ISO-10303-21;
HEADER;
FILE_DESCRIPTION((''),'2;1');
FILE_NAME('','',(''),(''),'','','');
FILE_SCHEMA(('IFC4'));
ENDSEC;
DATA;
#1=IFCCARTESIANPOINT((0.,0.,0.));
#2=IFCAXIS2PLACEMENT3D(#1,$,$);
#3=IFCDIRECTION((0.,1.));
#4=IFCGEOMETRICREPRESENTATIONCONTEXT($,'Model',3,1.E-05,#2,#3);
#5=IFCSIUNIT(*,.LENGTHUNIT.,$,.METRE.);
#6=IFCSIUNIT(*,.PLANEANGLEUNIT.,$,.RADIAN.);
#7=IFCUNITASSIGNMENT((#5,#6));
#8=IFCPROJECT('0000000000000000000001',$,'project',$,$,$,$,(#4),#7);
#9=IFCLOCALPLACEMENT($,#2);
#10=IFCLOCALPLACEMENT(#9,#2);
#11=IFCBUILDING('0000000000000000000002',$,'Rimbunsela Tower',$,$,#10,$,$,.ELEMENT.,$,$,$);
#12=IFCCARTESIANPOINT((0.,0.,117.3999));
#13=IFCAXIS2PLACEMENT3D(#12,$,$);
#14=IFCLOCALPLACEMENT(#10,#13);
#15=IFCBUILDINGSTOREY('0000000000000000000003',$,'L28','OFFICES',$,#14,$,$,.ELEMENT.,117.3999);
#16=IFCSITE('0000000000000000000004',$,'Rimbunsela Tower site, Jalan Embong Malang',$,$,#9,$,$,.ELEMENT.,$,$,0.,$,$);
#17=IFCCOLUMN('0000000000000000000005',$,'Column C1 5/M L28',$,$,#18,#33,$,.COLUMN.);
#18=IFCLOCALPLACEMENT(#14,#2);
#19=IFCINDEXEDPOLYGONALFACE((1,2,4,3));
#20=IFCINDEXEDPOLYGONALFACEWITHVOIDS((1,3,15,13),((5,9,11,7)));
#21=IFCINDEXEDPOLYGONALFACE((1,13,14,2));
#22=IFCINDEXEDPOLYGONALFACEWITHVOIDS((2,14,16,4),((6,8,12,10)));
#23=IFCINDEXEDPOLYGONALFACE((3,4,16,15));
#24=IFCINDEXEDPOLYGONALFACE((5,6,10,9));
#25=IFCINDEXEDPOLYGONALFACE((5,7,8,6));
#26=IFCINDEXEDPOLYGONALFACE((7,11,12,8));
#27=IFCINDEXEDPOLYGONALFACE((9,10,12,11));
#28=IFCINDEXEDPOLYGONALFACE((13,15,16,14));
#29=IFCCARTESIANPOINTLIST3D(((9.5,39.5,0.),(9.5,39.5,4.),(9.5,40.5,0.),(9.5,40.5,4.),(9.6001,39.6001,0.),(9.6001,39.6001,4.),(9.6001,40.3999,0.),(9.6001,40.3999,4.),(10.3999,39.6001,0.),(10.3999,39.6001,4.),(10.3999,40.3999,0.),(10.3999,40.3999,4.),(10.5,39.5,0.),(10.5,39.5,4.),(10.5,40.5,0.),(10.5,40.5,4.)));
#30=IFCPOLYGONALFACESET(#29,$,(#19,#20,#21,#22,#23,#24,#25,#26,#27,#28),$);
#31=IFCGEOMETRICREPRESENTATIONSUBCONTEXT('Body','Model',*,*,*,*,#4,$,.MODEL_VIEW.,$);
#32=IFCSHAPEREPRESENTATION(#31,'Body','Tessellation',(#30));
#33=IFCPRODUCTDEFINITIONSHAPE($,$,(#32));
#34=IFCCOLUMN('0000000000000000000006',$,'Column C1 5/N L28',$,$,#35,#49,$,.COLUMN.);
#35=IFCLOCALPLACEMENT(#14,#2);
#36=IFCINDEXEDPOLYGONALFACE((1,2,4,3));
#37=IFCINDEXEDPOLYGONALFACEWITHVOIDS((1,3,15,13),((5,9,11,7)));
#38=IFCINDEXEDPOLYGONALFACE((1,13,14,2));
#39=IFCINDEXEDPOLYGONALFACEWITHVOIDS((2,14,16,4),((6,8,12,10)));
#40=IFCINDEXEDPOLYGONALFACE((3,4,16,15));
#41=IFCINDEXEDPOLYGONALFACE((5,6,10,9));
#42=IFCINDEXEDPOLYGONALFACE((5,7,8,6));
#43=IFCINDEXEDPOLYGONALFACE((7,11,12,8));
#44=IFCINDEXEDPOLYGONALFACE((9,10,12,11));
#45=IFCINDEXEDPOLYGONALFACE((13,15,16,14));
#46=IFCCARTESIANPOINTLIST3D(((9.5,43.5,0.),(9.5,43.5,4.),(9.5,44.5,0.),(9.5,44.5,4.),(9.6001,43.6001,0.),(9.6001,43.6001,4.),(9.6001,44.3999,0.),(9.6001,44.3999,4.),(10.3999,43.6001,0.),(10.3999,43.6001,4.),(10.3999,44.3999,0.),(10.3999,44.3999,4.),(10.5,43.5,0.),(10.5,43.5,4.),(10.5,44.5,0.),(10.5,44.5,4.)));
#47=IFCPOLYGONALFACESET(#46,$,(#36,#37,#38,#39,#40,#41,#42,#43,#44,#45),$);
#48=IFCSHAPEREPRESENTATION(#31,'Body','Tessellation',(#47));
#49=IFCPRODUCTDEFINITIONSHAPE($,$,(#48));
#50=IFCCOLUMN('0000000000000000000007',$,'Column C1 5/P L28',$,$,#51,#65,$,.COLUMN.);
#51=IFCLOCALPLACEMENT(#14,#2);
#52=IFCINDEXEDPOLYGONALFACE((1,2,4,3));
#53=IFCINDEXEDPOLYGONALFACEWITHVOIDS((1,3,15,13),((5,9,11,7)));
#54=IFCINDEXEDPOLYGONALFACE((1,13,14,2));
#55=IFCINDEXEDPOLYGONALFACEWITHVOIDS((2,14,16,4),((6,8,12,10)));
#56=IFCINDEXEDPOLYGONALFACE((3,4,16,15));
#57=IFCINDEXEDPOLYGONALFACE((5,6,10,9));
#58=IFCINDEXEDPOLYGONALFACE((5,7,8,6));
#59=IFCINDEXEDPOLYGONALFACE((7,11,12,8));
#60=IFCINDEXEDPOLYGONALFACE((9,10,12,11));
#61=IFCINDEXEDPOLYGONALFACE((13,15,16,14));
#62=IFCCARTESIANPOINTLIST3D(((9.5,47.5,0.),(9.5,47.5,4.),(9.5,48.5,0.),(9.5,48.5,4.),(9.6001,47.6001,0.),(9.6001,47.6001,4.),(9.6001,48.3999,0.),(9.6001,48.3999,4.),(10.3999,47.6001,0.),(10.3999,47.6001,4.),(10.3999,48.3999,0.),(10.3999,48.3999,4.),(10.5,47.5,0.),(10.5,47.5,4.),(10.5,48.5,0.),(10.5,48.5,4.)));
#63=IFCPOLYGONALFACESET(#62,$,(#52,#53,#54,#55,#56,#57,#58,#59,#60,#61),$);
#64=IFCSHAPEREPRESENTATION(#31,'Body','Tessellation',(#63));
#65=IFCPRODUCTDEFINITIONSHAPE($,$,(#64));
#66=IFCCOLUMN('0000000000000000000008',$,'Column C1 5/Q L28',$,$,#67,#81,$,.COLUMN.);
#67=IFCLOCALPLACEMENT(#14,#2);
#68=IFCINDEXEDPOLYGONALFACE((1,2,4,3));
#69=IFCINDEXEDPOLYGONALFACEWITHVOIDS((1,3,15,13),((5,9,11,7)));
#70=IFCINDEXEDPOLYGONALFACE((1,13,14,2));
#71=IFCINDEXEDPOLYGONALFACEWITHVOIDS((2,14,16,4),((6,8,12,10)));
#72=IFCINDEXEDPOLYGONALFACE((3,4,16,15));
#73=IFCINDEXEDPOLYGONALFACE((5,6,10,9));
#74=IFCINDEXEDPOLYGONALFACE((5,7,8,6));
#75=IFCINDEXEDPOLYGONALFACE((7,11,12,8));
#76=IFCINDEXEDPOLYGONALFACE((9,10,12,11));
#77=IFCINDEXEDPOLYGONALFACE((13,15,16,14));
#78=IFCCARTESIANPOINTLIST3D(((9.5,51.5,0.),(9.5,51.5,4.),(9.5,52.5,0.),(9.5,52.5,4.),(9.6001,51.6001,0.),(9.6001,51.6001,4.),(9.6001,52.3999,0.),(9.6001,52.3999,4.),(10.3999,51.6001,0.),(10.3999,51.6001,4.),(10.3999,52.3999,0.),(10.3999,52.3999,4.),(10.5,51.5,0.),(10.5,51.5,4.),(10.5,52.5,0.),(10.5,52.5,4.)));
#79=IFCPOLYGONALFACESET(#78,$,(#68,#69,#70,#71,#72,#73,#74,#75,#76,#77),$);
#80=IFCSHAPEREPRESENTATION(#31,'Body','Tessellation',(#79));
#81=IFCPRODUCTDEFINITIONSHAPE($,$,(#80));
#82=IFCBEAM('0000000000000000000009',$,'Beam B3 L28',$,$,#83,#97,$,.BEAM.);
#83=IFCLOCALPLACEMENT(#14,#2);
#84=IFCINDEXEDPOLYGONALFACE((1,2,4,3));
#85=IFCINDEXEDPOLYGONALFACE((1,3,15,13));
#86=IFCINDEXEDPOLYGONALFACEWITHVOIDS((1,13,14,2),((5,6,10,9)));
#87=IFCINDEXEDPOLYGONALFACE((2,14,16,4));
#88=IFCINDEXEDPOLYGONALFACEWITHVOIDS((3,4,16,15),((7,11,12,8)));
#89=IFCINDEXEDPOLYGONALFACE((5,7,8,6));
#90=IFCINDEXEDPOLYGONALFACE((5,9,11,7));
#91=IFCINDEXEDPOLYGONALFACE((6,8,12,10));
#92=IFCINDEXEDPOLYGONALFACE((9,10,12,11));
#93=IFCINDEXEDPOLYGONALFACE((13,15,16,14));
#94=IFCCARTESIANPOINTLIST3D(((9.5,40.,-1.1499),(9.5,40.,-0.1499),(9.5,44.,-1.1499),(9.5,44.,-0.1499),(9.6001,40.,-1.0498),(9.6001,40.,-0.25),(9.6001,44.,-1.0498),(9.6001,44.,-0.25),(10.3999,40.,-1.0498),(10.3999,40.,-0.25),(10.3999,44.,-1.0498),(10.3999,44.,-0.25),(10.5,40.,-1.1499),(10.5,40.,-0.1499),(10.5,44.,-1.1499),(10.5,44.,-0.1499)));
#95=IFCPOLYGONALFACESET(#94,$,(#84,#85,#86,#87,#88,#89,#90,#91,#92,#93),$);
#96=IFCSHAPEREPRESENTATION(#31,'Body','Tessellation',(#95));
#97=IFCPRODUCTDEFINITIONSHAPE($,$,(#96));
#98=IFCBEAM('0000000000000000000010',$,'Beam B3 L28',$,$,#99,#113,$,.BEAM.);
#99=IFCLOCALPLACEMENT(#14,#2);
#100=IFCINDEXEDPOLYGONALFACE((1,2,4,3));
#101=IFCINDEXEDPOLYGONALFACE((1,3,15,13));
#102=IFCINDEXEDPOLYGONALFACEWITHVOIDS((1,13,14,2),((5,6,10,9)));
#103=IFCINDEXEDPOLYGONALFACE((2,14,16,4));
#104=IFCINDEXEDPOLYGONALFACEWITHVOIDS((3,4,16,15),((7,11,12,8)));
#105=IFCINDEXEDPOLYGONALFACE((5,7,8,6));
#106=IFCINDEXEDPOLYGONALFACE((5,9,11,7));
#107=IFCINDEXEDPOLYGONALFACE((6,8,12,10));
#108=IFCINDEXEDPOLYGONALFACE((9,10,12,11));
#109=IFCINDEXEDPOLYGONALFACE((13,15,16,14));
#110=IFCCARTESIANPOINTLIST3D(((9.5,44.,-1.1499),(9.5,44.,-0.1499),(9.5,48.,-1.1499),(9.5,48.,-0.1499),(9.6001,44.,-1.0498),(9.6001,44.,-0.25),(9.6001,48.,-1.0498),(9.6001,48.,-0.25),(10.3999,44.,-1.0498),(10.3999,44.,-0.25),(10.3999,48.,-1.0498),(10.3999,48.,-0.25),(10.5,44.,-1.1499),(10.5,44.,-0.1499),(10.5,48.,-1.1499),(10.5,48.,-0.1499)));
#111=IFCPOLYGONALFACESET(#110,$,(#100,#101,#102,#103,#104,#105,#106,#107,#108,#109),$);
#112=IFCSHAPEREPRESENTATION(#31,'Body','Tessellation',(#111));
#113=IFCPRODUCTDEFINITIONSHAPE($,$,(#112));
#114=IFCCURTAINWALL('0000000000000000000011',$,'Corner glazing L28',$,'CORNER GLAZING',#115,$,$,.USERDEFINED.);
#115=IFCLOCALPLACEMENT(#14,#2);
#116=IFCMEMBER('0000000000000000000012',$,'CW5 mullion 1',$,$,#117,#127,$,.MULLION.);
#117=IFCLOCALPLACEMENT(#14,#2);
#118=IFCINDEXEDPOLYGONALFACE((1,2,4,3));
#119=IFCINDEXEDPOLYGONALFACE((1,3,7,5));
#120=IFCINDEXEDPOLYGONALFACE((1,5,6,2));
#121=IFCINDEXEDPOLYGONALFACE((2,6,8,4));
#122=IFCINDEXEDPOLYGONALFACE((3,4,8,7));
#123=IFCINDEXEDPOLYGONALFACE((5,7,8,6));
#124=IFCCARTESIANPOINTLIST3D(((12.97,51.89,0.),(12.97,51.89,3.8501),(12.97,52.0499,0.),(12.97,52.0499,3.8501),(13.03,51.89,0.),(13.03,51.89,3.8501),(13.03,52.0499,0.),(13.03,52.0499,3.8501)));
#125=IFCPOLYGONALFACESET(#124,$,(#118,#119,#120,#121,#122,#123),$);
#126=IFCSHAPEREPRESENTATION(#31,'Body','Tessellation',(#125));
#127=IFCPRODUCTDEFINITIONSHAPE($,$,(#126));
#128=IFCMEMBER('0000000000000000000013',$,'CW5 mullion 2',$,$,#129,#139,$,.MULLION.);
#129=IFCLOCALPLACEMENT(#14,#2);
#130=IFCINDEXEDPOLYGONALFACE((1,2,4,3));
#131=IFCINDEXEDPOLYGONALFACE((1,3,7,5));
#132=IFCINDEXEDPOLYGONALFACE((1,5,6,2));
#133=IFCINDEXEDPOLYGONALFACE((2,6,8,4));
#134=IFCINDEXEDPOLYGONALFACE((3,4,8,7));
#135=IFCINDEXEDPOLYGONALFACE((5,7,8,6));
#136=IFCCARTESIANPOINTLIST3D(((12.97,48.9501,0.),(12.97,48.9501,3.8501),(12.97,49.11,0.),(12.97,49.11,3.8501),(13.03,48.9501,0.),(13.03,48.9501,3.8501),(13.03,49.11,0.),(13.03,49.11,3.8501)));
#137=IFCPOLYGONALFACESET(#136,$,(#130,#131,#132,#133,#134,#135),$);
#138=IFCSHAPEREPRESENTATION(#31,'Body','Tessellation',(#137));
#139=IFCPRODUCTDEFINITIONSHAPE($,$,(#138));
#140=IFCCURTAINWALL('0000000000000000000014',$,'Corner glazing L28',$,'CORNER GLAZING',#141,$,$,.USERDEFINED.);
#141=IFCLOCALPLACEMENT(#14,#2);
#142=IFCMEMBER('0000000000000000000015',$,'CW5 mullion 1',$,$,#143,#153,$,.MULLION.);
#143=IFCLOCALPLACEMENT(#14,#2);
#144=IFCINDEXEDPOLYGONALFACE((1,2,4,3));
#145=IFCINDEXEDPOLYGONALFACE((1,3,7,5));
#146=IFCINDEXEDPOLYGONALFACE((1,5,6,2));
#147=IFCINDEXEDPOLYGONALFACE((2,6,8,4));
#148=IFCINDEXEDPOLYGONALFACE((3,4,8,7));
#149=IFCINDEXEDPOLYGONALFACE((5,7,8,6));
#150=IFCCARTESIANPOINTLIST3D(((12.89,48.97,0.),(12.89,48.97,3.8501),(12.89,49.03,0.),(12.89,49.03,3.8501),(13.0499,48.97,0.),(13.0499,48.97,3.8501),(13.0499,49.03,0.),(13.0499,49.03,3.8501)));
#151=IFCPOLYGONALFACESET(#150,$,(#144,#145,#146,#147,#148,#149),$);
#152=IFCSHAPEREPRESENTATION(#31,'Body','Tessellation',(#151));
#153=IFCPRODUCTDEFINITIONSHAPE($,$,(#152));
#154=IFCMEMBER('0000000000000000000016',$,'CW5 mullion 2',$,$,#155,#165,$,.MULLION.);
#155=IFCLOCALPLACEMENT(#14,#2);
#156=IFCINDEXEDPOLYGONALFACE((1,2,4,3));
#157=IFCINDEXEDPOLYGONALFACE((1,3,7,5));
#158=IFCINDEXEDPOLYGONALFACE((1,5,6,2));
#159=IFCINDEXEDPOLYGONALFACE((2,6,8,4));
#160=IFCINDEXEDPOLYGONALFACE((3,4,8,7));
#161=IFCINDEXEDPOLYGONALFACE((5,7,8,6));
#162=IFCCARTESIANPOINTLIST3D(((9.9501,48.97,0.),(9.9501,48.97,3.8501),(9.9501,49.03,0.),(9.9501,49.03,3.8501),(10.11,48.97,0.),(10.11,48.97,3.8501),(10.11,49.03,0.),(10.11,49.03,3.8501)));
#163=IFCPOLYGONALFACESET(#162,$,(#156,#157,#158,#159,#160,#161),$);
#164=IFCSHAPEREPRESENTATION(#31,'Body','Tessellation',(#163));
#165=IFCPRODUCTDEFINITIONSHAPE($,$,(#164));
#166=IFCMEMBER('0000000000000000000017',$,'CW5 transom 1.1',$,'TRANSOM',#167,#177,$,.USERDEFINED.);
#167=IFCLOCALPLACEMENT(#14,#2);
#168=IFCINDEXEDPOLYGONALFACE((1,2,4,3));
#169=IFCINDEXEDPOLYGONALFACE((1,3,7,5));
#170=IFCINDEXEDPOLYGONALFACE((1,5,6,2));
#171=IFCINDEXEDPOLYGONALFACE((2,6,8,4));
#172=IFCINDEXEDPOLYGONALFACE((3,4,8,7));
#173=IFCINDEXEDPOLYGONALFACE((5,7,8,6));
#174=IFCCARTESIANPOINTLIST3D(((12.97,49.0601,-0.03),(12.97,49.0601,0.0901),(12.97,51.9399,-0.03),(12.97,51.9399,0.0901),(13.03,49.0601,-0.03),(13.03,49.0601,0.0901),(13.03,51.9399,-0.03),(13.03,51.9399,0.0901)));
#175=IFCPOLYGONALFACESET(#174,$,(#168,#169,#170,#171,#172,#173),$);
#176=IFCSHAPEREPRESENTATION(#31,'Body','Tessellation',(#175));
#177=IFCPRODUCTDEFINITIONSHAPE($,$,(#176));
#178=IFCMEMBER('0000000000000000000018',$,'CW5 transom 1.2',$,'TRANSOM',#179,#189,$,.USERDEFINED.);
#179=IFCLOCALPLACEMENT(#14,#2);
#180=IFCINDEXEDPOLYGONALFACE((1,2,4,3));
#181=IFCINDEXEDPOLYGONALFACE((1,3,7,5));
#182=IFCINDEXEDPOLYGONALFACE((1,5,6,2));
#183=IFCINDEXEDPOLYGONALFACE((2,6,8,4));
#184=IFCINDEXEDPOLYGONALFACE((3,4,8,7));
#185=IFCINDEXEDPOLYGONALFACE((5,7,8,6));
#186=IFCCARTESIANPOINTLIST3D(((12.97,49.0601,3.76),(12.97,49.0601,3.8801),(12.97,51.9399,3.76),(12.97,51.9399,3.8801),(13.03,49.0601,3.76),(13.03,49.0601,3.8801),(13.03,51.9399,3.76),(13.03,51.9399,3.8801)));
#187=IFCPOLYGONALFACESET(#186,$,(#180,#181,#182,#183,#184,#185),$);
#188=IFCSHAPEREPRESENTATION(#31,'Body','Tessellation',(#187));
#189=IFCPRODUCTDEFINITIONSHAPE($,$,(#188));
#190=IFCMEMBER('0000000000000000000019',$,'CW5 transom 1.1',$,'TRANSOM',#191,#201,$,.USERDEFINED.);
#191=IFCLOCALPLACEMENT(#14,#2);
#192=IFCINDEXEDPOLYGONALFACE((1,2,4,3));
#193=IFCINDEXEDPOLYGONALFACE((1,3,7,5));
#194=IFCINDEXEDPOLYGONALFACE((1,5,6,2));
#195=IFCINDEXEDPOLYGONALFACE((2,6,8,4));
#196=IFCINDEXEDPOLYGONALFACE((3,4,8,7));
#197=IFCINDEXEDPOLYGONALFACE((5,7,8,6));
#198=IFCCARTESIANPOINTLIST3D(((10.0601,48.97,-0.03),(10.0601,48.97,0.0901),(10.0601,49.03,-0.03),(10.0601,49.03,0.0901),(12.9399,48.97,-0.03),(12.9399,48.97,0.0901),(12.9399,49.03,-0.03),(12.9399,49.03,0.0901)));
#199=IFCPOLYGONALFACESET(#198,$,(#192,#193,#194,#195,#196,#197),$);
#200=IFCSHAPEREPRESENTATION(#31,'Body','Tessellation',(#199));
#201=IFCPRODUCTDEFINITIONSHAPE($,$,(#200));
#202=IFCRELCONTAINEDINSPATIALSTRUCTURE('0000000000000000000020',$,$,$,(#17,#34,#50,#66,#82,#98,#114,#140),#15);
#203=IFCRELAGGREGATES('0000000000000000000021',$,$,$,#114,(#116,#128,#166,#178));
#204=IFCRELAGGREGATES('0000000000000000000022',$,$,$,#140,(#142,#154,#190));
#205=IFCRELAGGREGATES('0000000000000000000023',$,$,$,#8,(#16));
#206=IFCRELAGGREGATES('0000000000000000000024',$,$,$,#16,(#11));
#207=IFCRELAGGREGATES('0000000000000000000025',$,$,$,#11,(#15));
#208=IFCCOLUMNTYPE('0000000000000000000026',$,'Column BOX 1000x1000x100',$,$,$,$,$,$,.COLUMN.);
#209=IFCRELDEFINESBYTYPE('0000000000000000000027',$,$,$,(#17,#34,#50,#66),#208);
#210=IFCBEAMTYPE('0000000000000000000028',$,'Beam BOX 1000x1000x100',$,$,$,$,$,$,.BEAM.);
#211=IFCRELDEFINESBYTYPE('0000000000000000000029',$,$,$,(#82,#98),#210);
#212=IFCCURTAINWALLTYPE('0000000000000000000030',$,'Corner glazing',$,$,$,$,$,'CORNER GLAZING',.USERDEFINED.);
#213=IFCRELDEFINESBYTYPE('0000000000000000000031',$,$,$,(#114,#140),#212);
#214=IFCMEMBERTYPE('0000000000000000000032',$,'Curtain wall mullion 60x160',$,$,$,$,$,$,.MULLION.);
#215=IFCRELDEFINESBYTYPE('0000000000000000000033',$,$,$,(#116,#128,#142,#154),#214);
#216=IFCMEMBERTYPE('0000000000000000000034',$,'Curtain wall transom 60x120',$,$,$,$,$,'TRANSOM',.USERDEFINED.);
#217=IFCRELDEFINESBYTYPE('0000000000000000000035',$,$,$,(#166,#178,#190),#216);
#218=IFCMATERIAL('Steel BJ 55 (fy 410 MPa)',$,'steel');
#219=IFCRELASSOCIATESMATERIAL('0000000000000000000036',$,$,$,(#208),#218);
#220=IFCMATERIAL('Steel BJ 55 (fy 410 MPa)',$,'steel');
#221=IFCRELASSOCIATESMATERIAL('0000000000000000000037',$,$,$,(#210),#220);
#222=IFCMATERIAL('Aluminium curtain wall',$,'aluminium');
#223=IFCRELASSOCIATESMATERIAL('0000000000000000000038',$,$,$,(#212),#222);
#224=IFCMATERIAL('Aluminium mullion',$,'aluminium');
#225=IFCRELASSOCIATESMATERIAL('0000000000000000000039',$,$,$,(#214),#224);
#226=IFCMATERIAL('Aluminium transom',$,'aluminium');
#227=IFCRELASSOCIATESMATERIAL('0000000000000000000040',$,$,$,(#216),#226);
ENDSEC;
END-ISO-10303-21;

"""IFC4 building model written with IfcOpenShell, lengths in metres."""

from ifc_helpers import new_model, si_unit, direction, frame, origin, origin_2d, place, context, subcontext, project, spatial, rectangle, hollow_rectangle, extrude, material, material_profile, profile_set, type_object, element, aggregate, save


model = new_model("IFC4")

# Units and contexts
model_context = context("Model", 3, precision=1e-05, world=origin(), true_north=direction((0.0, 1.0)))
body_context = subcontext(model_context, "Body", "Model", "MODEL_VIEW")
ifc_project = project(units=[si_unit("LENGTHUNIT", "METRE"), si_unit("PLANEANGLEUNIT", "RADIAN")], contexts=[model_context])

# Site, building, storey
site_placement = place(None, origin())
site = spatial("IfcSite", under=ifc_project, at=site_placement, Name="Rimbunsela Tower site, Jalan Embong Malang", CompositionType="ELEMENT", RefElevation=0.0)
building_placement = place(site_placement, origin())
building = spatial("IfcBuilding", under=site, at=building_placement, Name="Rimbunsela Tower", CompositionType="ELEMENT")
storey_placement = place(building_placement, frame((0.0, 0.0, 117.3999)))
storey = spatial("IfcBuildingStorey", under=building, at=storey_placement, Name="L28", Description="OFFICES", CompositionType="ELEMENT", Elevation=117.3999)

# Columns
ifc_material_1 = material(Name="Steel BJ 55 (fy 410 MPa)", Category="steel")
ifc_material_profile_1 = material_profile(ifc_material_1, hollow_rectangle(XDim=1.0, YDim=1.0, WallThickness=0.1001, at=origin_2d()), Name="BOX 1000x1000x100")
ifc_profile_set_1 = profile_set([ifc_material_profile_1], Name="Steel BJ 55 (fy 410 MPa)")
column_type = type_object("IfcColumnType", Name="Column BOX 1000x1000x100", PredefinedType="COLUMN", material=ifc_profile_set_1)
for number, where, z_axis, x_axis, name in (
    (1, (10.0, 40.0, 0.0), (0.0, 0.0, 1.0), (1.0, 0.0, 0.0), "Column C1 5/M L28"),
    (2, (10.0, 44.0, 0.0), (0.0, 0.0, 1.0), (1.0, 0.0, 0.0), "Column C1 5/N L28"),
    (3, (10.0, 48.0, 0.0), (0.0, 0.0, 1.0), (1.0, 0.0, 0.0), "Column C1 5/P L28"),
    (4, (10.0, 52.0, 0.0), (0.0, 0.0, 1.0), (1.0, 0.0, 0.0), "Column C1 5/Q L28"),
):
    element("IfcColumn", number, at=place(storey_placement, frame(where, z_axis=z_axis, x_axis=x_axis)), inside=storey, type_object=column_type, Name=name, PredefinedType="COLUMN", context=body_context, shape_type="SweptSolid", body=[
        extrude(hollow_rectangle(XDim=1.0, YDim=1.0, WallThickness=0.1001, at=origin_2d()), origin(), (0.0, 0.0, 1.0), 4.0),
    ])

# Beams
ifc_material_2 = material(Name="Steel BJ 55 (fy 410 MPa)", Category="steel")
ifc_material_profile_2 = material_profile(ifc_material_2, hollow_rectangle(XDim=1.0, YDim=1.0, WallThickness=0.1001, at=origin_2d()), Name="BOX 1000x1000x100")
ifc_profile_set_2 = profile_set([ifc_material_profile_2], Name="Steel BJ 55 (fy 410 MPa)")
beam_type = type_object("IfcBeamType", Name="Beam BOX 1000x1000x100", PredefinedType="BEAM", material=ifc_profile_set_2)
for number, where, z_axis, x_axis, name in (
    (5, (10.0, 40.0, -0.6499), (0.0, 1.0, 0.0), (-1.0, 0.0, 0.0), "Beam B3 L28"),
    (6, (10.0, 44.0, -0.6499), (0.0, 1.0, 0.0), (-1.0, 0.0, 0.0), "Beam B3 L28"),
):
    element("IfcBeam", number, at=place(storey_placement, frame(where, z_axis=z_axis, x_axis=x_axis)), inside=storey, type_object=beam_type, Name=name, PredefinedType="BEAM", context=body_context, shape_type="SweptSolid", body=[
        extrude(hollow_rectangle(XDim=1.0, YDim=1.0, WallThickness=0.1001, at=origin_2d()), origin(), (0.0, 0.0, 1.0), 4.0),
    ])

# Curtain walls, members
ifc_material_3 = material(Name="Aluminium curtain wall", Category="aluminium")
curtain_wall_type = type_object("IfcCurtainWallType", Name="Corner glazing", ElementType="CORNER GLAZING", PredefinedType="USERDEFINED", material=ifc_material_3)
curtain_wall_1_placement = place(storey_placement, origin())
curtain_wall_1 = element("IfcCurtainWall", 7, at=curtain_wall_1_placement, inside=storey, type_object=curtain_wall_type, Name="Corner glazing L28", ObjectType="CORNER GLAZING", PredefinedType="USERDEFINED")
ifc_material_4 = material(Name="Aluminium mullion", Category="aluminium")
ifc_material_profile_3 = material_profile(ifc_material_4, rectangle(XDim=0.0601, YDim=0.1599, at=origin_2d()), Name="Mullion 60x160")
ifc_profile_set_3 = profile_set([ifc_material_profile_3], Name="Aluminium mullion")
member_type_1 = type_object("IfcMemberType", Name="Curtain wall mullion 60x160", PredefinedType="MULLION", material=ifc_profile_set_3)
member_1_placement = place(storey_placement, frame((13.0, 51.97, 0.0), z_axis=(0.0, 0.0, 1.0), x_axis=(1.0, 0.0, 0.0)))
member_1 = element("IfcMember", 8, at=member_1_placement, type_object=member_type_1, Name="CW5 mullion 1", PredefinedType="MULLION", context=body_context, shape_type="SweptSolid", body=[
    extrude(rectangle(XDim=0.0601, YDim=0.1599, at=origin_2d()), origin(), (0.0, 0.0, 1.0), 3.8501),
])
member_2_placement = place(storey_placement, frame((13.0, 49.03, 0.0), z_axis=(0.0, 0.0, 1.0), x_axis=(1.0, 0.0, 0.0)))
member_2 = element("IfcMember", 9, at=member_2_placement, type_object=member_type_1, Name="CW5 mullion 2", PredefinedType="MULLION", context=body_context, shape_type="SweptSolid", body=[
    extrude(rectangle(XDim=0.0601, YDim=0.1599, at=origin_2d()), origin(), (0.0, 0.0, 1.0), 3.8501),
])
curtain_wall_2_placement = place(storey_placement, origin())
curtain_wall_2 = element("IfcCurtainWall", 10, at=curtain_wall_2_placement, inside=storey, type_object=curtain_wall_type, Name="Corner glazing L28", ObjectType="CORNER GLAZING", PredefinedType="USERDEFINED")
member_3_placement = place(storey_placement, frame((12.97, 49.0, 0.0), z_axis=(0.0, 0.0, 1.0), x_axis=(0.0, -1.0, 0.0)))
member_3 = element("IfcMember", 11, at=member_3_placement, type_object=member_type_1, Name="CW5 mullion 1", PredefinedType="MULLION", context=body_context, shape_type="SweptSolid", body=[
    extrude(rectangle(XDim=0.0601, YDim=0.1599, at=origin_2d()), origin(), (0.0, 0.0, 1.0), 3.8501),
])
member_4_placement = place(storey_placement, frame((10.03, 49.0, 0.0), z_axis=(0.0, 0.0, 1.0), x_axis=(0.0, -1.0, 0.0)))
member_4 = element("IfcMember", 12, at=member_4_placement, type_object=member_type_1, Name="CW5 mullion 2", PredefinedType="MULLION", context=body_context, shape_type="SweptSolid", body=[
    extrude(rectangle(XDim=0.0601, YDim=0.1599, at=origin_2d()), origin(), (0.0, 0.0, 1.0), 3.8501),
])

# Members
ifc_material_5 = material(Name="Aluminium transom", Category="aluminium")
ifc_material_profile_4 = material_profile(ifc_material_5, rectangle(XDim=0.0601, YDim=0.1201, at=origin_2d()), Name="Transom 60x120")
ifc_profile_set_4 = profile_set([ifc_material_profile_4], Name="Aluminium transom")
member_type_2 = type_object("IfcMemberType", Name="Curtain wall transom 60x120", ElementType="TRANSOM", PredefinedType="USERDEFINED", material=ifc_profile_set_4)
member_5_placement = place(storey_placement, frame((13.0, 51.9399, 0.03), z_axis=(0.0, -1.0, 0.0), x_axis=(1.0, 0.0, 0.0)))
member_5 = element("IfcMember", 13, at=member_5_placement, type_object=member_type_2, Name="CW5 transom 1.1", ObjectType="TRANSOM", PredefinedType="USERDEFINED", context=body_context, shape_type="SweptSolid", body=[
    extrude(rectangle(XDim=0.0601, YDim=0.1201, at=origin_2d()), origin(), (0.0, 0.0, 1.0), 2.8799),
])
member_6_placement = place(storey_placement, frame((13.0, 51.9399, 3.8201), z_axis=(0.0, -1.0, 0.0), x_axis=(1.0, 0.0, 0.0)))
member_6 = element("IfcMember", 14, at=member_6_placement, type_object=member_type_2, Name="CW5 transom 1.2", ObjectType="TRANSOM", PredefinedType="USERDEFINED", context=body_context, shape_type="SweptSolid", body=[
    extrude(rectangle(XDim=0.0601, YDim=0.1201, at=origin_2d()), origin(), (0.0, 0.0, 1.0), 2.8799),
])
member_7_placement = place(storey_placement, frame((12.9399, 49.0, 0.03), z_axis=(-1.0, 0.0, 0.0), x_axis=(0.0, -1.0, 0.0)))
member_7 = element("IfcMember", 15, at=member_7_placement, type_object=member_type_2, Name="CW5 transom 1.1", ObjectType="TRANSOM", PredefinedType="USERDEFINED", context=body_context, shape_type="SweptSolid", body=[
    extrude(rectangle(XDim=0.0601, YDim=0.1201, at=origin_2d()), origin(), (0.0, 0.0, 1.0), 2.8799),
])

aggregate(curtain_wall_1, [member_1, member_2, member_5, member_6])
aggregate(curtain_wall_2, [member_3, member_4, member_7])

save(model, "model.ifc")
